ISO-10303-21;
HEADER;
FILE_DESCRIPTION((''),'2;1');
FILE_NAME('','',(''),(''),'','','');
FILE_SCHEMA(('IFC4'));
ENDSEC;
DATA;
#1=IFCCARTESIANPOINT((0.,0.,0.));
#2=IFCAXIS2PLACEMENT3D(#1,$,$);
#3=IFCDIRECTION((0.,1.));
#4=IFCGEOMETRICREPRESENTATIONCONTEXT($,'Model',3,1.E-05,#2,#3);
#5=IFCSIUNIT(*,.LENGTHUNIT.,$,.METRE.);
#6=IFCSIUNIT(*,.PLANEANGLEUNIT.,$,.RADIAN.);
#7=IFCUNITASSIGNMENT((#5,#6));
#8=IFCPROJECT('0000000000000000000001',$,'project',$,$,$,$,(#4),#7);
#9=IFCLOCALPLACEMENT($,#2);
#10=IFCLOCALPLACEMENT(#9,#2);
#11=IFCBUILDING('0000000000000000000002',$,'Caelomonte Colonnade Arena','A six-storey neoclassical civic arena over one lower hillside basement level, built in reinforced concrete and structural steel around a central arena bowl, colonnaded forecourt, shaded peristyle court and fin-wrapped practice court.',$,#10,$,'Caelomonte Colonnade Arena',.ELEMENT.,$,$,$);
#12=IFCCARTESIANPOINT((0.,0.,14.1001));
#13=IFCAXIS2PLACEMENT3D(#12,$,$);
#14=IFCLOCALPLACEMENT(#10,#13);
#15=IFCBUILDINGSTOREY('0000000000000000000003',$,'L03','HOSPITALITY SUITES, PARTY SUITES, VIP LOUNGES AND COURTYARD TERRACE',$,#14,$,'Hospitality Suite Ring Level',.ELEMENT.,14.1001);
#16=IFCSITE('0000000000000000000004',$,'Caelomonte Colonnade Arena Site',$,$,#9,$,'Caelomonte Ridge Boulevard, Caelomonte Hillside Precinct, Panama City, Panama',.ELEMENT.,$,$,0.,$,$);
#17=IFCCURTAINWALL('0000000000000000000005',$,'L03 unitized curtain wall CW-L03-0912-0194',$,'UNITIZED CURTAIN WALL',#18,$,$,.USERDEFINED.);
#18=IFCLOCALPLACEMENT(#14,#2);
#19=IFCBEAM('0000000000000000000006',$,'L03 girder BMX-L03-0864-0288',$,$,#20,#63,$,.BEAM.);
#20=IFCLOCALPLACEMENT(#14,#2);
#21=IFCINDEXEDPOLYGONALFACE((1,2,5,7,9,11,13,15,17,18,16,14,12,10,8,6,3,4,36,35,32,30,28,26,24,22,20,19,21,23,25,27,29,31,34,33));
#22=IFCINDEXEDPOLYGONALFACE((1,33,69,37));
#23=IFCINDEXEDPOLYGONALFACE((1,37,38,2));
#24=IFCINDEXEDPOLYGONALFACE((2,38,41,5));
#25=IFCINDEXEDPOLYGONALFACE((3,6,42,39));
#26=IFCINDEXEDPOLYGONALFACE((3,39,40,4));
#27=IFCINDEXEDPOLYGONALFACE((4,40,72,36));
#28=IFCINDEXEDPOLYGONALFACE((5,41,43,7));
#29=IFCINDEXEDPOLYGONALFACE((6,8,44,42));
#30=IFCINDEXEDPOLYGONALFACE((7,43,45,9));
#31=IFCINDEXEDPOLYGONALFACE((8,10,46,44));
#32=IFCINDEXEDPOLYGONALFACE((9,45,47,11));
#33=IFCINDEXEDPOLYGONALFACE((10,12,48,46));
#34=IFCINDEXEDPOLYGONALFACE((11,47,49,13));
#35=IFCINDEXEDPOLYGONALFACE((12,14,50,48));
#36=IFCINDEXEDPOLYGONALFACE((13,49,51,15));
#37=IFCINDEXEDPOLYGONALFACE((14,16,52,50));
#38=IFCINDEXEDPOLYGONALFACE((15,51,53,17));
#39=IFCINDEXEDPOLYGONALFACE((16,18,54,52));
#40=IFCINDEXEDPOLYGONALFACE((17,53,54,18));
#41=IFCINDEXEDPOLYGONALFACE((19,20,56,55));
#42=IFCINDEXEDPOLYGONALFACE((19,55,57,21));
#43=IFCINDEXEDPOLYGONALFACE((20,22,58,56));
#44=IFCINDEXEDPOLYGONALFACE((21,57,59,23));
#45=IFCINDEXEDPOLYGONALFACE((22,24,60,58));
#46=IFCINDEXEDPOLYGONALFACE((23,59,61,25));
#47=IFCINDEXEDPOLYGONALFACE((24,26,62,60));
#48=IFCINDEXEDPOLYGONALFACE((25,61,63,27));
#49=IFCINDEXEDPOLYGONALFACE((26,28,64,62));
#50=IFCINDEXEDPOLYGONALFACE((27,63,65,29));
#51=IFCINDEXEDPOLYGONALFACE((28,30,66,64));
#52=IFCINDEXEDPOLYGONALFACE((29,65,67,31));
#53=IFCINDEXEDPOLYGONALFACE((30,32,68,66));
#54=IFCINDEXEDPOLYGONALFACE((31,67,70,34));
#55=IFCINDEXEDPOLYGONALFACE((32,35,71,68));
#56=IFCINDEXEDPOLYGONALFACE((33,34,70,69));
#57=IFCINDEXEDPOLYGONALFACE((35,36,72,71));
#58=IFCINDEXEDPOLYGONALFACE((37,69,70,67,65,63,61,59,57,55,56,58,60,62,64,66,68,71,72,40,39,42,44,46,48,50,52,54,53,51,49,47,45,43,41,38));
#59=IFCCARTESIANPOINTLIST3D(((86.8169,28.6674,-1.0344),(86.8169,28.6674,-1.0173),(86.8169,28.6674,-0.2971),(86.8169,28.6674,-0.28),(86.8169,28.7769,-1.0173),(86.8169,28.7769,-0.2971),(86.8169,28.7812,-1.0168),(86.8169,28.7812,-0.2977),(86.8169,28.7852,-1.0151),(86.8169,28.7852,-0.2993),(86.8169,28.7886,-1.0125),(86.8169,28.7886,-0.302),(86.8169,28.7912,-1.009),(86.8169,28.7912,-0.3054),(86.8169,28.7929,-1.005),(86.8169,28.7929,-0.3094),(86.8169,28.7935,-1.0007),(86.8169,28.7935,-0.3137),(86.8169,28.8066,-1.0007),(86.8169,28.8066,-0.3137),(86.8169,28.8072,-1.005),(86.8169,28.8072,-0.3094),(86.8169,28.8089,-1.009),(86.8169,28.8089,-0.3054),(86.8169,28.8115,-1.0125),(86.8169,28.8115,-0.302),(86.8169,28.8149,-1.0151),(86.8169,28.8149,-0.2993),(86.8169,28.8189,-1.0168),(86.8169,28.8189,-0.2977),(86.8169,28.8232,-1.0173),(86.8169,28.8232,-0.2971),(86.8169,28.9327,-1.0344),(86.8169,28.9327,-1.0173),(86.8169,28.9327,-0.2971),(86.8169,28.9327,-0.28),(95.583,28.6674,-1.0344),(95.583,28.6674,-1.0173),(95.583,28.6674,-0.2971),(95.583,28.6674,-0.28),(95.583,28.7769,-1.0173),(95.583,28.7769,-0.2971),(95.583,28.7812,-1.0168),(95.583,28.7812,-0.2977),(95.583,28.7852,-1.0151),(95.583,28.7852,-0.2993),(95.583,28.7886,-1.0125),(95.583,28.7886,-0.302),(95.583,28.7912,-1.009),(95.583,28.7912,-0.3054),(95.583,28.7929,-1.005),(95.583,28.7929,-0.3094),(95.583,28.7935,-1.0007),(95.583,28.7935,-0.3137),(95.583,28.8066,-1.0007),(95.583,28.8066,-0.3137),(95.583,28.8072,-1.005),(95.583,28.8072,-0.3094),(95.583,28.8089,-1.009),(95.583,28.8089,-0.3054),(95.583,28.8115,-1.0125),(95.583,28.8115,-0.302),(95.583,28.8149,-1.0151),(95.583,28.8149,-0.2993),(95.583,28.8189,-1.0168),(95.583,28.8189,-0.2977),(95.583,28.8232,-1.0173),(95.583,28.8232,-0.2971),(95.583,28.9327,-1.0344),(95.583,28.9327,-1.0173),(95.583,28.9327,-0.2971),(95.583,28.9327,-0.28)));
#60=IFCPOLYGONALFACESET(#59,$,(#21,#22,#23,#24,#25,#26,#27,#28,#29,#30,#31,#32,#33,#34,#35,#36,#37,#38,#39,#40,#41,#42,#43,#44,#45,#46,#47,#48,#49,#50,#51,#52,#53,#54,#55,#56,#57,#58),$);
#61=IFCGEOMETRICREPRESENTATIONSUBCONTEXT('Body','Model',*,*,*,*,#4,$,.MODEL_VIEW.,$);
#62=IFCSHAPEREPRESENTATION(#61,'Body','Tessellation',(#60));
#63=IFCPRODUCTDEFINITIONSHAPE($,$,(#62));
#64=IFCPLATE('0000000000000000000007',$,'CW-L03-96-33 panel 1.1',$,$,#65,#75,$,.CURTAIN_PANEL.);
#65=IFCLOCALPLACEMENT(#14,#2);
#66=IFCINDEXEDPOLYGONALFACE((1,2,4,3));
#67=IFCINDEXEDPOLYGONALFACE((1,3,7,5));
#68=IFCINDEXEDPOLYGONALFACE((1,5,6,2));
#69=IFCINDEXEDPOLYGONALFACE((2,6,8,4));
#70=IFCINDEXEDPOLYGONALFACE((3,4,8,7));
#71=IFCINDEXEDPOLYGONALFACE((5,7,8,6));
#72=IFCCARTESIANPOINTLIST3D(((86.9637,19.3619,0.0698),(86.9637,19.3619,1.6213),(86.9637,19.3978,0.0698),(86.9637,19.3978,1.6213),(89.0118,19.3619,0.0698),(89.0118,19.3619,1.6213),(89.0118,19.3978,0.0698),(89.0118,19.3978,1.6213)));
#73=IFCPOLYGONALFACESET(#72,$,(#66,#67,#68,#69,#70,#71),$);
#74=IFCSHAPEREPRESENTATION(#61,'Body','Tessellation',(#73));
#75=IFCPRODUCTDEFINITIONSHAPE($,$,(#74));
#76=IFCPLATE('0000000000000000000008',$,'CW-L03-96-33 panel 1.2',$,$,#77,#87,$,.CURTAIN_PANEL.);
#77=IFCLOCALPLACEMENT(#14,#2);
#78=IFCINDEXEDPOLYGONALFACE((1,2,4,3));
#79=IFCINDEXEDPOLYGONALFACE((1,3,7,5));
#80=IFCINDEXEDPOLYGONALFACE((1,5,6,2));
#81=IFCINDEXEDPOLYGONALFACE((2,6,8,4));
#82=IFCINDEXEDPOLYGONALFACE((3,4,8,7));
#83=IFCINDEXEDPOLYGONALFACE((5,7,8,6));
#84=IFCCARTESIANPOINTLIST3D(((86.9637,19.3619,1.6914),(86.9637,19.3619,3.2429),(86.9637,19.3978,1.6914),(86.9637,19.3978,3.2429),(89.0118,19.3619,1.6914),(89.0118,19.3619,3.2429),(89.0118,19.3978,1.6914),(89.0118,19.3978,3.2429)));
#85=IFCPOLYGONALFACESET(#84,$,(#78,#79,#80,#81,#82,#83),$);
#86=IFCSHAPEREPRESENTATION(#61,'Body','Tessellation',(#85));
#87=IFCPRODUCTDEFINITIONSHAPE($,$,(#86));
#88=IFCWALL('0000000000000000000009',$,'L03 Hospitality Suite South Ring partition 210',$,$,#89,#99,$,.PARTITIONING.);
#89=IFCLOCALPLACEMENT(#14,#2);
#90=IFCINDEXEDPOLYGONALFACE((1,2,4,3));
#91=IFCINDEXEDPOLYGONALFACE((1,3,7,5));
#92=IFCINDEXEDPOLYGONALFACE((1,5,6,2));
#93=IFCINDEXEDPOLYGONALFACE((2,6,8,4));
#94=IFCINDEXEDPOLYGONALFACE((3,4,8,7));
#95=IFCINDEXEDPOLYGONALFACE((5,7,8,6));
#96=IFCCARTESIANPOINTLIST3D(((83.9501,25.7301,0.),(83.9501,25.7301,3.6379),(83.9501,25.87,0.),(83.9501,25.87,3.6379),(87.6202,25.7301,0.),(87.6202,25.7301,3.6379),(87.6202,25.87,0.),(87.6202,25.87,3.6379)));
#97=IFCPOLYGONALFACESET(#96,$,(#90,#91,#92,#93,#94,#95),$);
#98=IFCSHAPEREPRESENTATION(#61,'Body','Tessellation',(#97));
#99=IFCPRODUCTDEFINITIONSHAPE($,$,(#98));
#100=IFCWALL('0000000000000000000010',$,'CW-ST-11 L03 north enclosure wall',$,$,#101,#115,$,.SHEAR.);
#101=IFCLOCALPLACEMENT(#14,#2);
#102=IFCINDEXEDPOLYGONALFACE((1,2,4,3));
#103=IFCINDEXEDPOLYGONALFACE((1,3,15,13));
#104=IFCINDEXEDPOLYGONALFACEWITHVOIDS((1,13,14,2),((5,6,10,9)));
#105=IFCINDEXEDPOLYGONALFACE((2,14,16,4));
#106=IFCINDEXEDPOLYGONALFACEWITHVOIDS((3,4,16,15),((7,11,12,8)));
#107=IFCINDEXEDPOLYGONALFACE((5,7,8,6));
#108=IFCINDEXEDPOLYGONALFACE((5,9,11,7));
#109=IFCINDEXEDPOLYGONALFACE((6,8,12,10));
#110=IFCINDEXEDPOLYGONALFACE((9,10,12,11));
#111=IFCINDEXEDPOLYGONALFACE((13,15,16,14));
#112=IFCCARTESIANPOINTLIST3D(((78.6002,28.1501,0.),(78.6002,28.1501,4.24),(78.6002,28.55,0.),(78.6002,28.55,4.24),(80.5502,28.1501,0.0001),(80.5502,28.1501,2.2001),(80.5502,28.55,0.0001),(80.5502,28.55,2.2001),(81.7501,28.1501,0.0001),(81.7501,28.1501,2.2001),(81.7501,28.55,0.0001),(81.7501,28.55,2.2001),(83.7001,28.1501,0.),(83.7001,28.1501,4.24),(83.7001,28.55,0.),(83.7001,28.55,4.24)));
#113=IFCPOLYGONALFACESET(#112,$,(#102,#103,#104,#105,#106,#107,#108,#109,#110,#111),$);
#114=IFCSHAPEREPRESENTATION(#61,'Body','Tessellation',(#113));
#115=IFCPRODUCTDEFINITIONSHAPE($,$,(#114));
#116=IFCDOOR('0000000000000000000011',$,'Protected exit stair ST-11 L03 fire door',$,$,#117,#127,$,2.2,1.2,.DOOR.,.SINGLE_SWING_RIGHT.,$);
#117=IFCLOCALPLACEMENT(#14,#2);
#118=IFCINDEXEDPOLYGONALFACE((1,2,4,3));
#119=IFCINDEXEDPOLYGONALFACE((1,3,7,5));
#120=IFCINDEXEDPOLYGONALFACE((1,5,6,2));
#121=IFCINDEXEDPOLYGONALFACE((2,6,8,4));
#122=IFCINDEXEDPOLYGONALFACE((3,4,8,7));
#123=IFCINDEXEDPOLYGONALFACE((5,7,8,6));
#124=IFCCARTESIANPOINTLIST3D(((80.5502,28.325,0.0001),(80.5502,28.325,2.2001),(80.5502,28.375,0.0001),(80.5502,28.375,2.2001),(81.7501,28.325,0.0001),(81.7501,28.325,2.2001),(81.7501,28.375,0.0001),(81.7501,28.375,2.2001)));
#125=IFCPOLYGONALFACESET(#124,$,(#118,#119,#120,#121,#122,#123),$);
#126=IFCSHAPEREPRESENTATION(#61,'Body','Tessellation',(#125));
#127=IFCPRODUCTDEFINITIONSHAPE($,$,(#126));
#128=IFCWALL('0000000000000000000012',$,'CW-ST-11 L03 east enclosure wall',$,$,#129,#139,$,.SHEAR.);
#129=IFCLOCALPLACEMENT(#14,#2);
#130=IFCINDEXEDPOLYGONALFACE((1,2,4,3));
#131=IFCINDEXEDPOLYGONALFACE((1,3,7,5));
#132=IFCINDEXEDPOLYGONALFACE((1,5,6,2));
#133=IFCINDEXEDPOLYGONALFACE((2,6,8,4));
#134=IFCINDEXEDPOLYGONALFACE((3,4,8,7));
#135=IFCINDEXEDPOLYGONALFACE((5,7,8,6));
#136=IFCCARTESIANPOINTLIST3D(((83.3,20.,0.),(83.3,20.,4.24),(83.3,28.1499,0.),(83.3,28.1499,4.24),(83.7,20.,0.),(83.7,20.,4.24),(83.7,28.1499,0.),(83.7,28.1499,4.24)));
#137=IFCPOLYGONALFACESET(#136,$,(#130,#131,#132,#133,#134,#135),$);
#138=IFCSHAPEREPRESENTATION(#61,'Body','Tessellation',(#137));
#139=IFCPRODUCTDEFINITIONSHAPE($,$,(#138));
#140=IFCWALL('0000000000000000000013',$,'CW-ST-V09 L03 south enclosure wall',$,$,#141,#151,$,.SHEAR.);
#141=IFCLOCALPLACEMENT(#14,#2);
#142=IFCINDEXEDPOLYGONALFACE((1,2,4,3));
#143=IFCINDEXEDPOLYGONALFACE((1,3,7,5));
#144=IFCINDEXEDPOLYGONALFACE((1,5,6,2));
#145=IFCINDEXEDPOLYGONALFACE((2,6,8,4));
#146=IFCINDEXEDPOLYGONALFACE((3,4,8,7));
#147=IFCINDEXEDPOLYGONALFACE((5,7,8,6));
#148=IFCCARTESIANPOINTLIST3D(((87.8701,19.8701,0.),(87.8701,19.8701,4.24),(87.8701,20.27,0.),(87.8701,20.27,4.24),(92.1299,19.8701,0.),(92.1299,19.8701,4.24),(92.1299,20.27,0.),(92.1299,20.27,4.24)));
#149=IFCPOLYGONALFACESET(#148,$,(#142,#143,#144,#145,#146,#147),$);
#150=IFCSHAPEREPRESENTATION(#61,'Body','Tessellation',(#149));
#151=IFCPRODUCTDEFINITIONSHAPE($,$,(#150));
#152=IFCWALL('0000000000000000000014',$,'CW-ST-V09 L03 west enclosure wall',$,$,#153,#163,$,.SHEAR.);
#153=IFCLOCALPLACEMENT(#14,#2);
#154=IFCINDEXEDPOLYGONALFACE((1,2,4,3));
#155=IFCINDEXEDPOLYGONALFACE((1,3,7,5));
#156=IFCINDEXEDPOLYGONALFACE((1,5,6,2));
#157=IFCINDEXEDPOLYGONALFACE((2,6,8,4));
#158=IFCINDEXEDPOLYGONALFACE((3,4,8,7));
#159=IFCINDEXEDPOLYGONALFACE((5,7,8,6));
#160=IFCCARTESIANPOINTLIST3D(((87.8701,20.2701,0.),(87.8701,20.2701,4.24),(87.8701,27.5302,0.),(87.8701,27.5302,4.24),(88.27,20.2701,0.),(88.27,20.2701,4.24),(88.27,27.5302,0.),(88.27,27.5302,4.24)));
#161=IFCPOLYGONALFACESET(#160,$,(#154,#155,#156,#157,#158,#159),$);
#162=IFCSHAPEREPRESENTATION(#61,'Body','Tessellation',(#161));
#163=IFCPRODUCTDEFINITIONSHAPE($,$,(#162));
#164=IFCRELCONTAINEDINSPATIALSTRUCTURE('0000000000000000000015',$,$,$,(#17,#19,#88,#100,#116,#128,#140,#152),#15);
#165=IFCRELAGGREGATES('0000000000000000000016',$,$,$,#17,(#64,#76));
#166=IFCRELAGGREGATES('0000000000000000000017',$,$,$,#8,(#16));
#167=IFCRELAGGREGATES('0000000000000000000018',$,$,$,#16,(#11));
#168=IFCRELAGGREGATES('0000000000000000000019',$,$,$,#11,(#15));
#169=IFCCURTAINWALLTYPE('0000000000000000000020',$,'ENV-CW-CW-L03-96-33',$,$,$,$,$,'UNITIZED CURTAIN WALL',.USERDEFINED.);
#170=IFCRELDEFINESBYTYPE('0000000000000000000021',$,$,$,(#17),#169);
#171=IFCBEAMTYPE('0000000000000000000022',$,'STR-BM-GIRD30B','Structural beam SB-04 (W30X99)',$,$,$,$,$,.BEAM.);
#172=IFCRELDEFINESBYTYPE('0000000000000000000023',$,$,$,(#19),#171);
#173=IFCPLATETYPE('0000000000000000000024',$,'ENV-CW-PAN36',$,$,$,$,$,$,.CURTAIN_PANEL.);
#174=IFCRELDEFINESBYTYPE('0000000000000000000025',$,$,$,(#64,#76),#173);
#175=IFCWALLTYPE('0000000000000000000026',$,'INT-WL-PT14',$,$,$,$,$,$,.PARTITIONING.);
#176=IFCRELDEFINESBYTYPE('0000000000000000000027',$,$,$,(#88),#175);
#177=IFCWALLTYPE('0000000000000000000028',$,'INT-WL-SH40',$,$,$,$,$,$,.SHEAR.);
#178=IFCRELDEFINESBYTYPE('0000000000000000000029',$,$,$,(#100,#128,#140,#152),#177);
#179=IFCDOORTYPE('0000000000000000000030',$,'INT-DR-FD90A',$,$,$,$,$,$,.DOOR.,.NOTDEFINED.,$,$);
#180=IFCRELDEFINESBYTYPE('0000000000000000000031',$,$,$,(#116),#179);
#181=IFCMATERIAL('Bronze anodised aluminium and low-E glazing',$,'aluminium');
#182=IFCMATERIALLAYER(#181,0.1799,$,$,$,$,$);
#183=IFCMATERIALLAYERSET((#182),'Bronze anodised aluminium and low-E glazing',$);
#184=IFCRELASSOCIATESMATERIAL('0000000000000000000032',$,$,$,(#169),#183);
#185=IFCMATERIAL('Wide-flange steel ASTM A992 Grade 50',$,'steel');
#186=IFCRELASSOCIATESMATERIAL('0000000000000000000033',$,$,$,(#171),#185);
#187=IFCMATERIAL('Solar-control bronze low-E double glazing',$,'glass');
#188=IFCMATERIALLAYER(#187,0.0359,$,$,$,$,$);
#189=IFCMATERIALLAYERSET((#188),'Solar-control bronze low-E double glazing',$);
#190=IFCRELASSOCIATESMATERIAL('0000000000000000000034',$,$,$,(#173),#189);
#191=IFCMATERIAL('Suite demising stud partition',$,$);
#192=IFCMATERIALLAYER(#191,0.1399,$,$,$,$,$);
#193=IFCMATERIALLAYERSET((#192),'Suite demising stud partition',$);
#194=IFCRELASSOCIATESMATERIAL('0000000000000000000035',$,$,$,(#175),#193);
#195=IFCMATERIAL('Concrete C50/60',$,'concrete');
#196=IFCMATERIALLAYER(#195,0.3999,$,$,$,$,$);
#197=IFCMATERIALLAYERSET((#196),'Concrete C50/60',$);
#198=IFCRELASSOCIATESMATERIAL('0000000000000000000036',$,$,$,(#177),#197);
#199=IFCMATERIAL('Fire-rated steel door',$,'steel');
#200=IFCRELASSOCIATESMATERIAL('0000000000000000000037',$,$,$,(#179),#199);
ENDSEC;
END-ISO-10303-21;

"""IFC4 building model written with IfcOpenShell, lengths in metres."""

from ifc_helpers import new_model, si_unit, direction, frame, frame_2d, origin, origin_2d, place, context, subcontext, project, spatial, rectangle, i_section, extrude, material, layer, layer_set, material_profile, profile_set, type_object, element, fill, aggregate, save


model = new_model("IFC4")

# Units and contexts
model_context = context("Model", 3, precision=1e-05, world=origin(), true_north=direction((0.0, 1.0)))
body_context = subcontext(model_context, "Body", "Model", "MODEL_VIEW")
ifc_project = project(units=[si_unit("LENGTHUNIT", "METRE"), si_unit("PLANEANGLEUNIT", "RADIAN")], contexts=[model_context])

# Site, building, storey
site_placement = place(None, origin())
site = spatial("IfcSite", under=ifc_project, at=site_placement, Name="Caelomonte Colonnade Arena Site", LongName="Caelomonte Ridge Boulevard, Caelomonte Hillside Precinct, Panama City, Panama", CompositionType="ELEMENT", RefElevation=0.0)
building_placement = place(site_placement, origin())
building = spatial("IfcBuilding", under=site, at=building_placement, Name="Caelomonte Colonnade Arena", Description="A six-storey neoclassical civic arena over one lower hillside basement level, built in reinforced concrete and structural steel around a central arena bowl, colonnaded forecourt, shaded peristyle court and fin-wrapped practice court.", LongName="Caelomonte Colonnade Arena", CompositionType="ELEMENT")
storey_placement = place(building_placement, frame((0.0, 0.0, 14.1001)))
storey = spatial("IfcBuildingStorey", under=building, at=storey_placement, Name="L03", Description="HOSPITALITY SUITES, PARTY SUITES, VIP LOUNGES AND COURTYARD TERRACE", LongName="Hospitality Suite Ring Level", CompositionType="ELEMENT", Elevation=14.1001)

# Curtain wall
ifc_material_1 = material(Name="Bronze anodised aluminium and low-E glazing", Category="aluminium")
ifc_layer_1 = layer(ifc_material_1, 0.1799)
ifc_layer_set_1 = layer_set([ifc_layer_1], Name="Bronze anodised aluminium and low-E glazing")
curtain_wall_type = type_object("IfcCurtainWallType", Name="ENV-CW-CW-L03-96-33", ElementType="UNITIZED CURTAIN WALL", PredefinedType="USERDEFINED", material=ifc_layer_set_1)
curtain_wall_placement = place(storey_placement, origin())
curtain_wall = element("IfcCurtainWall", 1, at=curtain_wall_placement, inside=storey, type_object=curtain_wall_type, Name="L03 unitized curtain wall CW-L03-0912-0194", ObjectType="UNITIZED CURTAIN WALL", PredefinedType="USERDEFINED")

# Beam
ifc_material_2 = material(Name="Wide-flange steel ASTM A992 Grade 50", Category="steel")
ifc_material_profile_1 = material_profile(ifc_material_2, i_section(OverallWidth=0.2654, OverallDepth=0.7544, WebThickness=0.0132, FlangeThickness=0.0171, FilletRadius=0.0166, at=origin_2d()), Name="W30X99")
ifc_profile_set_1 = profile_set([ifc_material_profile_1], Name="Wide-flange steel ASTM A992 Grade 50")
beam_type_1 = type_object("IfcBeamType", Name="STR-BM-GIRD30B", Description="Structural beam SB-04 (W30X99)", PredefinedType="BEAM", material=ifc_profile_set_1)
beam_1_placement = place(storey_placement, frame((86.8169, 28.8, -0.6572), z_axis=(1.0, 0.0, 0.0), x_axis=(0.0, 1.0, 0.0)))
element("IfcBeam", 2, at=beam_1_placement, inside=storey, type_object=beam_type_1, Name="L03 girder BMX-L03-0864-0288", PredefinedType="BEAM", context=body_context, shape_type="SweptSolid", body=[
    extrude(i_section(OverallWidth=0.2654, OverallDepth=0.7544, WebThickness=0.0132, FlangeThickness=0.0171, FilletRadius=0.0166, at=origin_2d()), origin(), (0.0, 0.0, 1.0), 8.7661),
])

# Plates
ifc_material_3 = material(Name="Solar-control bronze low-E double glazing", Category="glass")
ifc_layer_2 = layer(ifc_material_3, 0.0359)
ifc_layer_set_2 = layer_set([ifc_layer_2], Name="Solar-control bronze low-E double glazing")
plate_type = type_object("IfcPlateType", Name="ENV-CW-PAN36", PredefinedType="CURTAIN_PANEL", material=ifc_layer_set_2)
plate_1_placement = place(storey_placement, frame((87.9878, 19.3799, 0.0698), z_axis=(0.0, 0.0, 1.0), x_axis=(1.0, 0.0, 0.0)))
plate_1 = element("IfcPlate", 3, at=plate_1_placement, type_object=plate_type, Name="CW-L03-96-33 panel 1.1", PredefinedType="CURTAIN_PANEL", context=body_context, shape_type="SweptSolid", body=[
    extrude(rectangle(XDim=2.0481, YDim=0.0359, at=origin_2d()), origin(), (0.0, 0.0, 1.0), 1.5515),
])
plate_2_placement = place(storey_placement, frame((87.9878, 19.3799, 1.6914), z_axis=(0.0, 0.0, 1.0), x_axis=(1.0, 0.0, 0.0)))
plate_2 = element("IfcPlate", 4, at=plate_2_placement, type_object=plate_type, Name="CW-L03-96-33 panel 1.2", PredefinedType="CURTAIN_PANEL", context=body_context, shape_type="SweptSolid", body=[
    extrude(rectangle(XDim=2.0481, YDim=0.0359, at=origin_2d()), origin(), (0.0, 0.0, 1.0), 1.5515),
])
aggregate(curtain_wall, [plate_1, plate_2])

# Wall
ifc_material_4 = material(Name="Suite demising stud partition")
ifc_layer_3 = layer(ifc_material_4, 0.1399)
ifc_layer_set_3 = layer_set([ifc_layer_3], Name="Suite demising stud partition")
wall_type_1 = type_object("IfcWallType", Name="INT-WL-PT14", PredefinedType="PARTITIONING", material=ifc_layer_set_3)
wall_1_placement = place(storey_placement, frame((87.6201, 25.8, 0.0), z_axis=(0.0, 0.0, 1.0), x_axis=(-1.0, 0.0, 0.0)))
element("IfcWall", 5, at=wall_1_placement, inside=storey, type_object=wall_type_1, Name="L03 Hospitality Suite South Ring partition 210", PredefinedType="PARTITIONING", context=body_context, shape_type="SweptSolid", body=[
    extrude(rectangle(XDim=3.6702, YDim=0.1399, at=frame_2d((1.835, 0.0))), origin(), (0.0, 0.0, 1.0), 3.6379),
])

# Wall, opening, door
ifc_material_5 = material(Name="Concrete C50/60", Category="concrete")
ifc_layer_4 = layer(ifc_material_5, 0.3999)
ifc_layer_set_4 = layer_set([ifc_layer_4], Name="Concrete C50/60")
wall_type_2 = type_object("IfcWallType", Name="INT-WL-SH40", PredefinedType="SHEAR", material=ifc_layer_set_4)
wall_2_placement = place(storey_placement, frame((83.7, 28.3501, 0.0), z_axis=(0.0, 0.0, 1.0), x_axis=(-1.0, 0.0, 0.0)))
wall_2 = element("IfcWall", 6, at=wall_2_placement, inside=storey, type_object=wall_type_2, Name="CW-ST-11 L03 north enclosure wall", PredefinedType="SHEAR", context=body_context, shape_type="SweptSolid", body=[
    extrude(rectangle(XDim=5.0999, YDim=0.3999, at=frame_2d((2.5498, 0.0))), origin(), (0.0, 0.0, 1.0), 4.24),
])
opening_placement = place(wall_2_placement, frame((3.1499, 0.0, 0.0), z_axis=(0.0, 0.0, 1.0), x_axis=(-1.0, 0.0, 0.0)))
opening = element("IfcOpeningElement", 7, at=opening_placement, cuts=wall_2, PredefinedType="OPENING", context=body_context, shape_type="SweptSolid", body=[
    extrude(rectangle(XDim=1.2, YDim=2.2, at=frame_2d((0.6001, 1.1001))), frame((0.0, 0.21, 0.0), z_axis=(0.0, -1.0, 0.0), x_axis=(1.0, 0.0, 0.0)), (0.0, 0.0, 1.0), 0.4199),
])
ifc_material_6 = material(Name="Fire-rated steel door", Category="steel")
door_type = type_object("IfcDoorType", Name="INT-DR-FD90A", OperationType="NOTDEFINED", PredefinedType="DOOR", material=ifc_material_6)
door_placement = place(opening_placement, origin())
door = element("IfcDoor", 8, at=door_placement, inside=storey, type_object=door_type, Name="Protected exit stair ST-11 L03 fire door", OperationType="SINGLE_SWING_RIGHT", OverallHeight=2.2, OverallWidth=1.2, PredefinedType="DOOR", context=body_context, shape_type="SweptSolid", body=[
    extrude(rectangle(XDim=1.2, YDim=2.2, at=frame_2d((0.6001, 1.1001))), frame((0.0, 0.0249, 0.0), z_axis=(0.0, -1.0, 0.0), x_axis=(1.0, 0.0, 0.0)), (0.0, 0.0, 1.0), 0.05),
])
fill(opening, door)

# Walls
wall_3_placement = place(storey_placement, frame((83.5, 20.0, 0.0), z_axis=(0.0, 0.0, 1.0), x_axis=(0.0, 1.0, 0.0)))
element("IfcWall", 9, at=wall_3_placement, inside=storey, type_object=wall_type_2, Name="CW-ST-11 L03 east enclosure wall", PredefinedType="SHEAR", context=body_context, shape_type="SweptSolid", body=[
    extrude(rectangle(XDim=8.1499, YDim=0.3999, at=frame_2d((4.075, 0.0))), origin(), (0.0, 0.0, 1.0), 4.24),
])
wall_4_placement = place(storey_placement, frame((87.8701, 20.0701, 0.0), z_axis=(0.0, 0.0, 1.0), x_axis=(1.0, 0.0, 0.0)))
element("IfcWall", 10, at=wall_4_placement, inside=storey, type_object=wall_type_2, Name="CW-ST-V09 L03 south enclosure wall", PredefinedType="SHEAR", context=body_context, shape_type="SweptSolid", body=[
    extrude(rectangle(XDim=4.2598, YDim=0.3999, at=frame_2d((2.1299, 0.0))), origin(), (0.0, 0.0, 1.0), 4.24),
])
wall_5_placement = place(storey_placement, frame((88.0701, 27.53, 0.0), z_axis=(0.0, 0.0, 1.0), x_axis=(0.0, -1.0, 0.0)))
element("IfcWall", 11, at=wall_5_placement, inside=storey, type_object=wall_type_2, Name="CW-ST-V09 L03 west enclosure wall", PredefinedType="SHEAR", context=body_context, shape_type="SweptSolid", body=[
    extrude(rectangle(XDim=7.26, YDim=0.3999, at=frame_2d((3.6299, 0.0))), origin(), (0.0, 0.0, 1.0), 4.24),
])

save(model, "model.ifc")
